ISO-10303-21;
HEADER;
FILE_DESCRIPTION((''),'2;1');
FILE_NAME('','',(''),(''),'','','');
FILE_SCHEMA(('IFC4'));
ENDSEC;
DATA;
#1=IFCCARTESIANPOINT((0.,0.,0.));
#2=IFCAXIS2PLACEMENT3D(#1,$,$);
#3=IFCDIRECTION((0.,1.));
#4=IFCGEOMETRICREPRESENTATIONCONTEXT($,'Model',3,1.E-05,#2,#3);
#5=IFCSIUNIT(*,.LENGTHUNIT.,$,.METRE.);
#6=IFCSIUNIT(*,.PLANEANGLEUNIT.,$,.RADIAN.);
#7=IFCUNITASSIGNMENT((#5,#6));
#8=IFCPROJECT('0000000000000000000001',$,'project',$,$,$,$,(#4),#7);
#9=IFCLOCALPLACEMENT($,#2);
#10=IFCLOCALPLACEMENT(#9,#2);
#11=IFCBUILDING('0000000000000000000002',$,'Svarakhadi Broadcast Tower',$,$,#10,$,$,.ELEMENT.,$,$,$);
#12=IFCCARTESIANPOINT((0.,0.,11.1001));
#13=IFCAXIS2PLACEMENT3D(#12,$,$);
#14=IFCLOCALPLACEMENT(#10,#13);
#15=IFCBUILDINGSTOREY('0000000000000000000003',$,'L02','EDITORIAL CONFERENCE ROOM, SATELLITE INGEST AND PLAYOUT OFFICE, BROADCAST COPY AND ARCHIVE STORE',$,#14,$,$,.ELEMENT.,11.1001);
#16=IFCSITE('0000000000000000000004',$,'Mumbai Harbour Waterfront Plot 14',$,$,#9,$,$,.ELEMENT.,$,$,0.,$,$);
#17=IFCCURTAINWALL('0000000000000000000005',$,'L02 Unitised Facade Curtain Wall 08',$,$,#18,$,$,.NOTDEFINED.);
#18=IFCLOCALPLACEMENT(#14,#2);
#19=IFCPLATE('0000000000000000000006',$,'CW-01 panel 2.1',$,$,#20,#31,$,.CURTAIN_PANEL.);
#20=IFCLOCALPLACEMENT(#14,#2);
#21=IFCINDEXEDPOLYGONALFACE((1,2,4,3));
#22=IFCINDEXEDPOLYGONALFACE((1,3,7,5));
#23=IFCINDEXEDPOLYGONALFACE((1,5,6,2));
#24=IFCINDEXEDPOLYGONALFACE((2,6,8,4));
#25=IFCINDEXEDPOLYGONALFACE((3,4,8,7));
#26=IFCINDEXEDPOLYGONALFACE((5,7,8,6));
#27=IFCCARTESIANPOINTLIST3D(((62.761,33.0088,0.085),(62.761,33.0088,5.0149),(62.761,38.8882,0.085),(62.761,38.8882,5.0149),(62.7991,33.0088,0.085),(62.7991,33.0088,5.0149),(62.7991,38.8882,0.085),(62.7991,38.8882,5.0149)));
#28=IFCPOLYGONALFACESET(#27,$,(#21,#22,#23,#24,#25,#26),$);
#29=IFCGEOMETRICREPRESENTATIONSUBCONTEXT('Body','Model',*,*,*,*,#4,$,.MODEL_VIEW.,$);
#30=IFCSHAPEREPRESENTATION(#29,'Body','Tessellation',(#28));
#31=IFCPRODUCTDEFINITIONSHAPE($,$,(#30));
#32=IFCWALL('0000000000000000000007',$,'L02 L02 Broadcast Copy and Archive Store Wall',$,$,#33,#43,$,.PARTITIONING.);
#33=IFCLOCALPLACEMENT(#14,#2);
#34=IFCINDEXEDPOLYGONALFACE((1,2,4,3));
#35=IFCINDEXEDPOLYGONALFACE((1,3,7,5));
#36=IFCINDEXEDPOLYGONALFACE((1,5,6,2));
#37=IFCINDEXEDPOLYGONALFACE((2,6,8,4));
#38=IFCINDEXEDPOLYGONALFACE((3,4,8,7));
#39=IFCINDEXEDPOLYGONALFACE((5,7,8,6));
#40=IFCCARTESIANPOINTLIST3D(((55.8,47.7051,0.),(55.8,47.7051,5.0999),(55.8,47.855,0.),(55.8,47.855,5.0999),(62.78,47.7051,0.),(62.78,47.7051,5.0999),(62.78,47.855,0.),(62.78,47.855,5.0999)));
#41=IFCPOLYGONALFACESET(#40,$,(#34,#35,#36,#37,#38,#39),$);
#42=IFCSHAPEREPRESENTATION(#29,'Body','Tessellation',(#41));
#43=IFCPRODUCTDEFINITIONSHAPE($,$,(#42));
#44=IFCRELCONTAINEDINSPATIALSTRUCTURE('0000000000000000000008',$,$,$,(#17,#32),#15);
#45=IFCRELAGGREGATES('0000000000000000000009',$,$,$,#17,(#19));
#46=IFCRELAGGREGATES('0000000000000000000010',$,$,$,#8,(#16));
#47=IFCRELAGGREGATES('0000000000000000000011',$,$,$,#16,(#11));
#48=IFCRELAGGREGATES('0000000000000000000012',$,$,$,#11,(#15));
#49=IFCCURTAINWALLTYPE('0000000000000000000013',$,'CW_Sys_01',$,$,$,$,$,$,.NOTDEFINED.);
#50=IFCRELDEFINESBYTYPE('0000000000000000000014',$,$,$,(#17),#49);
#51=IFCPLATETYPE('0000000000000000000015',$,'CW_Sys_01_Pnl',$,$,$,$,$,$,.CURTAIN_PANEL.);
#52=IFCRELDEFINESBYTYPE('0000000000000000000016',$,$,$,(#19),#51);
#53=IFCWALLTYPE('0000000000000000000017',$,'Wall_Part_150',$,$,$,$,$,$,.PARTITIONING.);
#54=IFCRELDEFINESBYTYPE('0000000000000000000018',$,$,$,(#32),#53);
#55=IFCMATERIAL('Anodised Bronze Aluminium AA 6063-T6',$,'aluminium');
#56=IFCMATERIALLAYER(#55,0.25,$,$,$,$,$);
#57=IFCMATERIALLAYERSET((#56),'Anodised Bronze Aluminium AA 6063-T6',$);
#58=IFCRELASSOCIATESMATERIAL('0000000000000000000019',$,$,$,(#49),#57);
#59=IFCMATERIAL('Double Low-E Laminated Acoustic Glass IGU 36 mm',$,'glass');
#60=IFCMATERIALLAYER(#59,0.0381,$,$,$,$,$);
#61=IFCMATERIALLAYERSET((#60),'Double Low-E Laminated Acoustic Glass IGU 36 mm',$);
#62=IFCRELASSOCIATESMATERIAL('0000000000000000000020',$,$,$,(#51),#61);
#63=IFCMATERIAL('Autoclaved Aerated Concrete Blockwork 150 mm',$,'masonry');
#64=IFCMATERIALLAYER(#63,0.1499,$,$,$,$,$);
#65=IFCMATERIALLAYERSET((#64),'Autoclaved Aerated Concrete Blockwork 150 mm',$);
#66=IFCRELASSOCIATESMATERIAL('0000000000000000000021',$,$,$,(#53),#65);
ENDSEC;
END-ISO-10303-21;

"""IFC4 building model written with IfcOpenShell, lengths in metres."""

from ifc_helpers import new_model, si_unit, direction, frame, frame_2d, origin, origin_2d, place, context, subcontext, project, spatial, rectangle, extrude, material, layer, layer_set, type_object, element, aggregate, save


model = new_model("IFC4")

# Units and contexts
model_context = context("Model", 3, precision=1e-05, world=origin(), true_north=direction((0.0, 1.0)))
body_context = subcontext(model_context, "Body", "Model", "MODEL_VIEW")
ifc_project = project(units=[si_unit("LENGTHUNIT", "METRE"), si_unit("PLANEANGLEUNIT", "RADIAN")], contexts=[model_context])

# Site, building, storey
site_placement = place(None, origin())
site = spatial("IfcSite", under=ifc_project, at=site_placement, Name="Mumbai Harbour Waterfront Plot 14", CompositionType="ELEMENT", RefElevation=0.0)
building_placement = place(site_placement, origin())
building = spatial("IfcBuilding", under=site, at=building_placement, Name="Svarakhadi Broadcast Tower", CompositionType="ELEMENT")
storey_placement = place(building_placement, frame((0.0, 0.0, 11.1001)))
storey = spatial("IfcBuildingStorey", under=building, at=storey_placement, Name="L02", Description="EDITORIAL CONFERENCE ROOM, SATELLITE INGEST AND PLAYOUT OFFICE, BROADCAST COPY AND ARCHIVE STORE", CompositionType="ELEMENT", Elevation=11.1001)

# Curtain wall
ifc_material_1 = material(Name="Anodised Bronze Aluminium AA 6063-T6", Category="aluminium")
ifc_layer_1 = layer(ifc_material_1, 0.25)
ifc_layer_set_1 = layer_set([ifc_layer_1], Name="Anodised Bronze Aluminium AA 6063-T6")
curtain_wall_type = type_object("IfcCurtainWallType", Name="CW_Sys_01", PredefinedType="NOTDEFINED", material=ifc_layer_set_1)
curtain_wall_1_placement = place(storey_placement, origin())
curtain_wall_1 = element("IfcCurtainWall", 1, at=curtain_wall_1_placement, inside=storey, type_object=curtain_wall_type, Name="L02 Unitised Facade Curtain Wall 08", PredefinedType="NOTDEFINED")

# Plate
ifc_material_2 = material(Name="Double Low-E Laminated Acoustic Glass IGU 36 mm", Category="glass")
ifc_layer_2 = layer(ifc_material_2, 0.0381)
ifc_layer_set_2 = layer_set([ifc_layer_2], Name="Double Low-E Laminated Acoustic Glass IGU 36 mm")
plate_type = type_object("IfcPlateType", Name="CW_Sys_01_Pnl", PredefinedType="CURTAIN_PANEL", material=ifc_layer_set_2)
plate_1_placement = place(storey_placement, frame((62.78, 35.9485, 0.085), z_axis=(0.0, 0.0, 1.0), x_axis=(0.0, -1.0, 0.0)))
plate_1 = element("IfcPlate", 2, at=plate_1_placement, type_object=plate_type, Name="CW-01 panel 2.1", PredefinedType="CURTAIN_PANEL", context=body_context, shape_type="SweptSolid", body=[
    extrude(rectangle(XDim=5.8794, YDim=0.0381, at=origin_2d()), origin(), (0.0, 0.0, 1.0), 4.9299),
])
aggregate(curtain_wall_1, [plate_1])

# Wall
ifc_material_3 = material(Name="Autoclaved Aerated Concrete Blockwork 150 mm", Category="masonry")
ifc_layer_3 = layer(ifc_material_3, 0.1499)
ifc_layer_set_3 = layer_set([ifc_layer_3], Name="Autoclaved Aerated Concrete Blockwork 150 mm")
wall_type = type_object("IfcWallType", Name="Wall_Part_150", PredefinedType="PARTITIONING", material=ifc_layer_set_3)
wall_placement = place(storey_placement, frame((55.8, 47.78, 0.0), z_axis=(0.0, 0.0, 1.0), x_axis=(1.0, 0.0, 0.0)))
element("IfcWall", 3, at=wall_placement, inside=storey, type_object=wall_type, Name="L02 L02 Broadcast Copy and Archive Store Wall", PredefinedType="PARTITIONING", context=body_context, shape_type="SweptSolid", body=[
    extrude(rectangle(XDim=6.98, YDim=0.1499, at=frame_2d((3.49, 0.0))), origin(), (0.0, 0.0, 1.0), 5.0999),
])

save(model, "model.ifc")
